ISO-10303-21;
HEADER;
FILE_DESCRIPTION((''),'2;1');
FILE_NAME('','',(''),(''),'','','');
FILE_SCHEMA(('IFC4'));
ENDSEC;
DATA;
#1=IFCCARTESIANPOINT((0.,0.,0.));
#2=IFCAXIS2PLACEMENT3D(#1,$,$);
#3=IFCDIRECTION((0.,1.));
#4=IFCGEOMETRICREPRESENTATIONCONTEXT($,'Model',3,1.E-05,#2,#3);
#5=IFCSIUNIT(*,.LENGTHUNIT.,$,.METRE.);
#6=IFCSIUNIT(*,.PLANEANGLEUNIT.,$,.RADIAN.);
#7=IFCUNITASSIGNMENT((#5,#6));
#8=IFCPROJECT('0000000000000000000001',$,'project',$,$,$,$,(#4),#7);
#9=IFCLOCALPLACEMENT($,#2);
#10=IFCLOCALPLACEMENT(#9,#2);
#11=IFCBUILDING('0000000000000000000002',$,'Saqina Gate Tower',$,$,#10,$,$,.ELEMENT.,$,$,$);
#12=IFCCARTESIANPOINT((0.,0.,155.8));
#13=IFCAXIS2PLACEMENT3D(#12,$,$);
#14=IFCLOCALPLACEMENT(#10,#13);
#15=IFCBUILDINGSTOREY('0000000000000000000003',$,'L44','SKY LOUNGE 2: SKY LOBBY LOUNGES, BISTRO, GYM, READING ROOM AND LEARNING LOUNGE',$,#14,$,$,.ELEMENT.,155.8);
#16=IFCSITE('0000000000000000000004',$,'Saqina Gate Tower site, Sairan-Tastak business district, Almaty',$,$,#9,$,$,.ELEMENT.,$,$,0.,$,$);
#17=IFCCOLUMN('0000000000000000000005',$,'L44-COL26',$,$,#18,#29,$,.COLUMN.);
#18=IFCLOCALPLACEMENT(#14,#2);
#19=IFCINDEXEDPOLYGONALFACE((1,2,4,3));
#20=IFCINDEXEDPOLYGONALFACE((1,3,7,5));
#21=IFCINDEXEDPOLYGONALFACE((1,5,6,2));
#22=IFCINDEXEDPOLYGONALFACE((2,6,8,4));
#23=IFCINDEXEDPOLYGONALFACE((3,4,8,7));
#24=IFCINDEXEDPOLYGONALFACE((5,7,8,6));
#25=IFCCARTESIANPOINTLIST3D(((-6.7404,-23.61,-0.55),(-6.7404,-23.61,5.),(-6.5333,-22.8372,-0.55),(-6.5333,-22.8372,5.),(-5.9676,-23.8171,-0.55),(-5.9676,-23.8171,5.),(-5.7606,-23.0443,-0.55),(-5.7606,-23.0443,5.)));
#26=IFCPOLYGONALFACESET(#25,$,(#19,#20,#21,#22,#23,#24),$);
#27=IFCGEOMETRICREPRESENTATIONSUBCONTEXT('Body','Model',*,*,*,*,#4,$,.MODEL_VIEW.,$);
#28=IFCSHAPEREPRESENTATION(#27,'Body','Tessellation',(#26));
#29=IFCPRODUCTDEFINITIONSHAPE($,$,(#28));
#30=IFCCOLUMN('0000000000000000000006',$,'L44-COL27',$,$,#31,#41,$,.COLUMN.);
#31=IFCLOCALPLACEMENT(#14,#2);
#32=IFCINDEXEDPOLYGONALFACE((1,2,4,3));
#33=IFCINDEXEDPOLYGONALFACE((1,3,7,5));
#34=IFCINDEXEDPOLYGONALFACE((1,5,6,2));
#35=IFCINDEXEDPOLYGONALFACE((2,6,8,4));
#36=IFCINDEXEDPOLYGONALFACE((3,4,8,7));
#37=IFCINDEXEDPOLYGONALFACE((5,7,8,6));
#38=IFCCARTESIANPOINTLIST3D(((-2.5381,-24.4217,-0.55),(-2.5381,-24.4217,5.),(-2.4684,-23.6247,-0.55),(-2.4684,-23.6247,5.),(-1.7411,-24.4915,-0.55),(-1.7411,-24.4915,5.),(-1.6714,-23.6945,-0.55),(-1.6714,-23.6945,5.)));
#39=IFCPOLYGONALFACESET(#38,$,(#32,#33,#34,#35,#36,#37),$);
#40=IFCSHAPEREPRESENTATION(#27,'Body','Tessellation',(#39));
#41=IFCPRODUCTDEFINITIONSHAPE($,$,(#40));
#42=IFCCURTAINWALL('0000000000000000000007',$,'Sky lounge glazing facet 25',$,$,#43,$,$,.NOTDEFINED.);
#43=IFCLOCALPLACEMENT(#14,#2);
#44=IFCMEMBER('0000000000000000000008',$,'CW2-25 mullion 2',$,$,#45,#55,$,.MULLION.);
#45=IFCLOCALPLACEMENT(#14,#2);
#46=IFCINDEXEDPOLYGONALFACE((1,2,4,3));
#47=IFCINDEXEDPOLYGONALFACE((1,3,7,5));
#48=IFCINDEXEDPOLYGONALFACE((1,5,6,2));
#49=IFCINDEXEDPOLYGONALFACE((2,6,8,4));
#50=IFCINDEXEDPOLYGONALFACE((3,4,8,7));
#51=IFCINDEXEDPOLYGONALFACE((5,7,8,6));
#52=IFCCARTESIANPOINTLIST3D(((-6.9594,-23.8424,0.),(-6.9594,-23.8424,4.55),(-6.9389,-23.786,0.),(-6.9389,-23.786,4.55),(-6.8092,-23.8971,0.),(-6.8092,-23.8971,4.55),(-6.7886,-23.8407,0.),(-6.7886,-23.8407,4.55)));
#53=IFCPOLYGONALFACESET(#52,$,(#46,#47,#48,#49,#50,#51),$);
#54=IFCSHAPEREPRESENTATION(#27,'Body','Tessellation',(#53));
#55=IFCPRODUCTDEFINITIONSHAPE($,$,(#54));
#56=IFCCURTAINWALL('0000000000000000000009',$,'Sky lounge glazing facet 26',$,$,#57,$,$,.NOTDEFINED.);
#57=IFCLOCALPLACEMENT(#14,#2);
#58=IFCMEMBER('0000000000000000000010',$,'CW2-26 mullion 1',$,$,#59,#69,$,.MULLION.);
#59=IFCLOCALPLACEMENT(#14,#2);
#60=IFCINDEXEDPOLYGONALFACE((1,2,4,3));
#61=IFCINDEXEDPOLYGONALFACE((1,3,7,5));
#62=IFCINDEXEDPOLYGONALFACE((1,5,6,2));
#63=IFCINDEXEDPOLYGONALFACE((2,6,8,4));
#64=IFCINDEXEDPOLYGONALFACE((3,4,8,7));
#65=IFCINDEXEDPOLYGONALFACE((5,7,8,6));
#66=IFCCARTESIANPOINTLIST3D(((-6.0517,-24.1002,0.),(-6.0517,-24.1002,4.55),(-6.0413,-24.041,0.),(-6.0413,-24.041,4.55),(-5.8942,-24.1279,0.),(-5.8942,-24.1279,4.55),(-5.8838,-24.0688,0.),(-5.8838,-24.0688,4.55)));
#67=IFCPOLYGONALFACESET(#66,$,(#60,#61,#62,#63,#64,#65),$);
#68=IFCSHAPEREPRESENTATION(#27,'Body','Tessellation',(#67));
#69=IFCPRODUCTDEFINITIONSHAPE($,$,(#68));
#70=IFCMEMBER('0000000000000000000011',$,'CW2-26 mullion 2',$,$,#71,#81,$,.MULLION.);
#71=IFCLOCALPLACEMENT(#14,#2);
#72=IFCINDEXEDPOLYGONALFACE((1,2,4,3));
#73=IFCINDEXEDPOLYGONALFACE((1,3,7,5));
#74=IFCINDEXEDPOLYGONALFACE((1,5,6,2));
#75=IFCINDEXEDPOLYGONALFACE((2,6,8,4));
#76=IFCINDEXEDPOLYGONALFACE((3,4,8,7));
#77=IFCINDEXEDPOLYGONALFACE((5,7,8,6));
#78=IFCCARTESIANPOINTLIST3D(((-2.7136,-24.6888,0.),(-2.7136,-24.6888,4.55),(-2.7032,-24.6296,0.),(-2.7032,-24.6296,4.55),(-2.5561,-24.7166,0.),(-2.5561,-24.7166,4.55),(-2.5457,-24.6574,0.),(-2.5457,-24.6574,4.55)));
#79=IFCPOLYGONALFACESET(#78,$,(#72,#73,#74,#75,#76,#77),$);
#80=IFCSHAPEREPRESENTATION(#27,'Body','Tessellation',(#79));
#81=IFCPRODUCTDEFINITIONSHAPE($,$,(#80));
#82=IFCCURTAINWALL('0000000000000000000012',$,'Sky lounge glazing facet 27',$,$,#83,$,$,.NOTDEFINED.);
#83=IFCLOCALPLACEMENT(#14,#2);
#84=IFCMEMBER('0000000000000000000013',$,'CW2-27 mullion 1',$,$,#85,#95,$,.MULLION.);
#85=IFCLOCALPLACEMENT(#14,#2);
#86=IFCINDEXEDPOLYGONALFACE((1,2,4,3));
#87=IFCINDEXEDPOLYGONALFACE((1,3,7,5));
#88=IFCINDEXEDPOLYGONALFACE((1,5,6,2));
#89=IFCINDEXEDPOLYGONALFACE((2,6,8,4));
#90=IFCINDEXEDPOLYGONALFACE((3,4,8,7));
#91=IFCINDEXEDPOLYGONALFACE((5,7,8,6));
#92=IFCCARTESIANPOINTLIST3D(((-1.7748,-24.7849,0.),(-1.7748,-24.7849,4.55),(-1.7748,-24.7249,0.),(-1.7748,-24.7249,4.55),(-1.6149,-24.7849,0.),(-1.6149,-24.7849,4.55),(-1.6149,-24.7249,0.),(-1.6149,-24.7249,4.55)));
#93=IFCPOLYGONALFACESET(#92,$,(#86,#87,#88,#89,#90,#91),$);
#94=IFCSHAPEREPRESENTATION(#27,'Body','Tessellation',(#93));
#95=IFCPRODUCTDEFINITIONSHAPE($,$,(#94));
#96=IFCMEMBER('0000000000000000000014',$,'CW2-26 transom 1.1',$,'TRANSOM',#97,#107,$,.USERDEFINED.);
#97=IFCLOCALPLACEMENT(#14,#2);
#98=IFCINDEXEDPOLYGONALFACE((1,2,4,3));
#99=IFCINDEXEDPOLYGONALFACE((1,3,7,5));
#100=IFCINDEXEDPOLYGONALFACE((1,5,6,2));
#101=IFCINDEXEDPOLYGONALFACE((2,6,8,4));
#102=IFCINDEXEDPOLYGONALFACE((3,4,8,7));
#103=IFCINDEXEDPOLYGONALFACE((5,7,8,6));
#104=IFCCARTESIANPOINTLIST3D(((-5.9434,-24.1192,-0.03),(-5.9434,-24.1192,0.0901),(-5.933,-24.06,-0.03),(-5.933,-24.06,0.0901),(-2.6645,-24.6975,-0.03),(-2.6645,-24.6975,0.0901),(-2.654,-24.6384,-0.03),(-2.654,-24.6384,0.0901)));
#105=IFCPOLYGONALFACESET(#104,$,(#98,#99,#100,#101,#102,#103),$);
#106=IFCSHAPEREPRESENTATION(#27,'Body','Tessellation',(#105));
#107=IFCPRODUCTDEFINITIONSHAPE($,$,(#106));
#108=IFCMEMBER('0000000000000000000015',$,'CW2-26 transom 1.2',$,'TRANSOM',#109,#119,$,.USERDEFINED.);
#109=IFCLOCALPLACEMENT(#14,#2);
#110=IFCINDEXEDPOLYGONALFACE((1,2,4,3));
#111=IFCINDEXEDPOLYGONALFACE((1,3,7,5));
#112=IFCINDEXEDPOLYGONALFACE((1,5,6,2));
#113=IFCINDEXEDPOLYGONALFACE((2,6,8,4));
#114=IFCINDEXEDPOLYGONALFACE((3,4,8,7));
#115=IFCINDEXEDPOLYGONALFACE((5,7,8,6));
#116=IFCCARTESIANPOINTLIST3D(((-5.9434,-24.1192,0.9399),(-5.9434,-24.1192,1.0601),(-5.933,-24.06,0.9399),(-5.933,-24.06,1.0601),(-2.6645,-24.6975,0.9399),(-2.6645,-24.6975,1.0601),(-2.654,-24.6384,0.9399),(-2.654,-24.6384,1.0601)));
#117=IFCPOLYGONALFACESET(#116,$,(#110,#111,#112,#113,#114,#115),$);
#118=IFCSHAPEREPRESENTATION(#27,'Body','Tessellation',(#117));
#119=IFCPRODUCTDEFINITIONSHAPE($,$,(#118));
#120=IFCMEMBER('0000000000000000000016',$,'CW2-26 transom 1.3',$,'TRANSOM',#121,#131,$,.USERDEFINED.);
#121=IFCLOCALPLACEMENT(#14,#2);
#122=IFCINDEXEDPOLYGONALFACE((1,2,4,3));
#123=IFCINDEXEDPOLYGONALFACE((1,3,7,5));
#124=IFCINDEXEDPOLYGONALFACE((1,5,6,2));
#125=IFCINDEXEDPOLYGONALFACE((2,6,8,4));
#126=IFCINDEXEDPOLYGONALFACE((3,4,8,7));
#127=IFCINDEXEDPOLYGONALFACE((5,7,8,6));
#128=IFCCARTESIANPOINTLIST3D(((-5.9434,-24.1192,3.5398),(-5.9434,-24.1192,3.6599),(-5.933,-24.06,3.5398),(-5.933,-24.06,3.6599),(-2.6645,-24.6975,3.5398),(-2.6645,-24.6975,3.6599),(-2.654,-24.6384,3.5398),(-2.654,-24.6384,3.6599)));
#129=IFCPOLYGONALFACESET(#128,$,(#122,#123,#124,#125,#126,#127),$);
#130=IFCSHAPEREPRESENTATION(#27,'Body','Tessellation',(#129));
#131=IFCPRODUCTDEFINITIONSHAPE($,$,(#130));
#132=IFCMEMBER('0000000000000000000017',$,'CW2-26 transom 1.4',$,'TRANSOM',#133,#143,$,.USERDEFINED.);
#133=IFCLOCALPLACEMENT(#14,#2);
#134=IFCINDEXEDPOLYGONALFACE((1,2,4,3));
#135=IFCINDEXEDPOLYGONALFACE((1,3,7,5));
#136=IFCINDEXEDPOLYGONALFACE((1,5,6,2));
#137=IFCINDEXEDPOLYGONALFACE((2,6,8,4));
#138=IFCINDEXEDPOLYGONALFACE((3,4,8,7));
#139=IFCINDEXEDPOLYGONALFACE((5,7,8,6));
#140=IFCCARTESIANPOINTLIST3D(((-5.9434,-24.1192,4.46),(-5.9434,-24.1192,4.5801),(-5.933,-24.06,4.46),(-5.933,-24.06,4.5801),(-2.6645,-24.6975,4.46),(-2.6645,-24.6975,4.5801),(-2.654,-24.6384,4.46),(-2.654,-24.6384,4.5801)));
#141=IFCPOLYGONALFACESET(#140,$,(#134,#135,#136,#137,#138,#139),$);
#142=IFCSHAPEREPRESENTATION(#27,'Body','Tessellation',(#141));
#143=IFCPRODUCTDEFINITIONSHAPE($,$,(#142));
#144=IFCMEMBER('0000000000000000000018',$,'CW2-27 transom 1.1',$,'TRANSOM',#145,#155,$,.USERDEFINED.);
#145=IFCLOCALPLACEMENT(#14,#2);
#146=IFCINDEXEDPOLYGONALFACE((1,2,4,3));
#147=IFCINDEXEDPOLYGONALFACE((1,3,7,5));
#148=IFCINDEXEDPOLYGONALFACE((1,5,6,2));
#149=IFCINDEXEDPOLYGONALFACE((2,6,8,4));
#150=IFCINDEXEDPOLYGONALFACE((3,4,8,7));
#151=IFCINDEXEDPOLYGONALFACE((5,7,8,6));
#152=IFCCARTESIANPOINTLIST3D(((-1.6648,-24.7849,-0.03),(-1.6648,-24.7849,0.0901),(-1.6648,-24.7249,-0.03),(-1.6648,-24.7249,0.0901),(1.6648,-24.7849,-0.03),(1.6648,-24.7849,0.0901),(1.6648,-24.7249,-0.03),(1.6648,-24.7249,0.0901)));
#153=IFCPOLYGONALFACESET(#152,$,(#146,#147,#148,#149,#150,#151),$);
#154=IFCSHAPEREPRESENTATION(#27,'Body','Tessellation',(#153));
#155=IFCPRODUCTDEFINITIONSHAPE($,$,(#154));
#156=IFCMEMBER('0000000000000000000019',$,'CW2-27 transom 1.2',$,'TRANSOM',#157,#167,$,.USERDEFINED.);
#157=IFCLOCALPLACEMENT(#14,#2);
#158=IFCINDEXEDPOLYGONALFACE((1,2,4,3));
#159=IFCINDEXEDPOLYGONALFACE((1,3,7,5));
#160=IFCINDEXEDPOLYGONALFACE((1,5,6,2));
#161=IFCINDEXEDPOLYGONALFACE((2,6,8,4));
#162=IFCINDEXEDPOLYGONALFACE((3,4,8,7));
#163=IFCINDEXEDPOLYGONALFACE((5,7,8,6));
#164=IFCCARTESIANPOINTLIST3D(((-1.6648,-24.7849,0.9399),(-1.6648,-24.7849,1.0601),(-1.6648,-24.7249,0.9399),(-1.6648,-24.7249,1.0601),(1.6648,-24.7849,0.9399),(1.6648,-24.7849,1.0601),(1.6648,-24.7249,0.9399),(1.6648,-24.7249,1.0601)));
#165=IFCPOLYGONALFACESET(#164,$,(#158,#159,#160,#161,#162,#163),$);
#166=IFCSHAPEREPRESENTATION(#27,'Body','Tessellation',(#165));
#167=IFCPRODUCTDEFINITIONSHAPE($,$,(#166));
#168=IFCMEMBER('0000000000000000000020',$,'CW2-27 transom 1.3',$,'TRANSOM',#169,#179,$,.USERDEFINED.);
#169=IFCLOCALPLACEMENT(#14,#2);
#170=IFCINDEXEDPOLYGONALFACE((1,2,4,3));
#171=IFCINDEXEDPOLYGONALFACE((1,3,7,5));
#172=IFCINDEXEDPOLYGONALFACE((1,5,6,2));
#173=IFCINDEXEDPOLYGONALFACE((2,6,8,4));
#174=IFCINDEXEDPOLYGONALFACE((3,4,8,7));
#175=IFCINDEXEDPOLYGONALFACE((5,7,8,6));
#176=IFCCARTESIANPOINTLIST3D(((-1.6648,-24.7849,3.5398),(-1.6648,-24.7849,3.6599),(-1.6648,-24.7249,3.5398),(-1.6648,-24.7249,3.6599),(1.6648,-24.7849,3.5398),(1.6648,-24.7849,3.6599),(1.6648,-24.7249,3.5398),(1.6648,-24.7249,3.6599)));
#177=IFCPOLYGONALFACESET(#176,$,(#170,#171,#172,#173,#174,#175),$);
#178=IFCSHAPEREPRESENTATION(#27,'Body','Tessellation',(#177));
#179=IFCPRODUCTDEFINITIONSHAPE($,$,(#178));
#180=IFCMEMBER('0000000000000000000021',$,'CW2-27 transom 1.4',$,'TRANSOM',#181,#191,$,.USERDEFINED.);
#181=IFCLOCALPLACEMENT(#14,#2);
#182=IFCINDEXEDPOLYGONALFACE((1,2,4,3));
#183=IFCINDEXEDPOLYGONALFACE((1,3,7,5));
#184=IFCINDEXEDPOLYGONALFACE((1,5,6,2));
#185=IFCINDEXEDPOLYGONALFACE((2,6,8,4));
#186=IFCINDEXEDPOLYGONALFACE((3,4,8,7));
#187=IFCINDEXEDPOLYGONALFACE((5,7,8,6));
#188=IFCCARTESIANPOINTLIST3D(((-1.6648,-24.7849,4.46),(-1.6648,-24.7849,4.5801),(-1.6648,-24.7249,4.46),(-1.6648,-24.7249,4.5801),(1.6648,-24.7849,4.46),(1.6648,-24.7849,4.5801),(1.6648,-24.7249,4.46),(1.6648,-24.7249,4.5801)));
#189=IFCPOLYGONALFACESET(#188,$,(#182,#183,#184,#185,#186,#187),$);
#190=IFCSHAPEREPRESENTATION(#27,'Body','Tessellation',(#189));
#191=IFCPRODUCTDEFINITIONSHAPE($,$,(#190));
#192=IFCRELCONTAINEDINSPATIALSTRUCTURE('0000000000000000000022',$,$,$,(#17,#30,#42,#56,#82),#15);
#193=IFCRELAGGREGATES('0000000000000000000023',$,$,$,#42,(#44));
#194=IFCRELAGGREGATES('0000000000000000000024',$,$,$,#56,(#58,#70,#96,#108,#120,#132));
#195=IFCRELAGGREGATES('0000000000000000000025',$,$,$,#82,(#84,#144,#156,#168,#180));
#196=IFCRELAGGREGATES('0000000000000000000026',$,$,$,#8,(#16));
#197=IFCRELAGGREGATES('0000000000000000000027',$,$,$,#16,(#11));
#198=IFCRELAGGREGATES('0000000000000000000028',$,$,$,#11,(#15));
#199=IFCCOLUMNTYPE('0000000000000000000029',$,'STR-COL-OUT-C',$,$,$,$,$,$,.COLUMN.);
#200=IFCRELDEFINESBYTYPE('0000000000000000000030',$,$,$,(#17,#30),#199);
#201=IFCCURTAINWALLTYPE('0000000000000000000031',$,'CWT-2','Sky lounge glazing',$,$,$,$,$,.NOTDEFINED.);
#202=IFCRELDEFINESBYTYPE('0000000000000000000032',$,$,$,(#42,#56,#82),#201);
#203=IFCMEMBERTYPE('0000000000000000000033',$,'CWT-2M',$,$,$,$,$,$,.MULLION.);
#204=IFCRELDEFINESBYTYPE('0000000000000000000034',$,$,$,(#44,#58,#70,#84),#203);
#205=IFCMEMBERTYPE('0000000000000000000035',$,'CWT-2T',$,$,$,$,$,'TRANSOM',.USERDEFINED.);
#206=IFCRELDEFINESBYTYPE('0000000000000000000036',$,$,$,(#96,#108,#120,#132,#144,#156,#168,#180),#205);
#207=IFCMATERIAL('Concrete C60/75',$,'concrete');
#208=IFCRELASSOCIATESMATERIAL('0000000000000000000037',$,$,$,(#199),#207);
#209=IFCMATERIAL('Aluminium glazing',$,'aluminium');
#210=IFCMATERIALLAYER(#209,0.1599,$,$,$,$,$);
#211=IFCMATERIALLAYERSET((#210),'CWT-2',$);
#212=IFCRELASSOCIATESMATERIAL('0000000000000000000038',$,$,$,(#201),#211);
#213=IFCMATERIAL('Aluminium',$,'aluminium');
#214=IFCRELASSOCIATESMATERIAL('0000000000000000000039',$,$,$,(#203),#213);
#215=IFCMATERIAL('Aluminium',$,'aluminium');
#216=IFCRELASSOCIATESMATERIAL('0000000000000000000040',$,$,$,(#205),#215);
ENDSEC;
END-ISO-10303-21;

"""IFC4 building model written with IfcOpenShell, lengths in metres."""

from ifc_helpers import new_model, si_unit, direction, frame, origin, origin_2d, place, context, subcontext, project, spatial, rectangle, extrude, material, layer, layer_set, material_profile, profile_set, type_object, element, aggregate, save


model = new_model("IFC4")

# Units and contexts
model_context = context("Model", 3, precision=1e-05, world=origin(), true_north=direction((0.0, 1.0)))
body_context = subcontext(model_context, "Body", "Model", "MODEL_VIEW")
ifc_project = project(units=[si_unit("LENGTHUNIT", "METRE"), si_unit("PLANEANGLEUNIT", "RADIAN")], contexts=[model_context])

# Site, building, storey
site_placement = place(None, origin())
site = spatial("IfcSite", under=ifc_project, at=site_placement, Name="Saqina Gate Tower site, Sairan-Tastak business district, Almaty", CompositionType="ELEMENT", RefElevation=0.0)
building_placement = place(site_placement, origin())
building = spatial("IfcBuilding", under=site, at=building_placement, Name="Saqina Gate Tower", CompositionType="ELEMENT")
storey_placement = place(building_placement, frame((0.0, 0.0, 155.8)))
storey = spatial("IfcBuildingStorey", under=building, at=storey_placement, Name="L44", Description="SKY LOUNGE 2: SKY LOBBY LOUNGES, BISTRO, GYM, READING ROOM AND LEARNING LOUNGE", CompositionType="ELEMENT", Elevation=155.8)

# Columns
ifc_material_1 = material(Name="Concrete C60/75", Category="concrete")
ifc_material_profile_1 = material_profile(ifc_material_1, rectangle(XDim=0.8, YDim=0.8, at=origin_2d()), Name="RC 800x800")
ifc_profile_set_1 = profile_set([ifc_material_profile_1], Name="Concrete C60/75")
column_type = type_object("IfcColumnType", Name="STR-COL-OUT-C", PredefinedType="COLUMN", material=ifc_profile_set_1)
for number, where, z_axis, x_axis, name in (
    (1, (-6.2505, -23.3271, -0.55), (0.0, 0.0, 1.0), (-0.258819, -0.965926, 0.0), "L44-COL26"),
    (2, (-2.1047, -24.0581, -0.55), (0.0, 0.0, 1.0), (-0.087156, -0.996195, 0.0), "L44-COL27"),
):
    element("IfcColumn", number, at=place(storey_placement, frame(where, z_axis=z_axis, x_axis=x_axis)), inside=storey, type_object=column_type, Name=name, PredefinedType="COLUMN", context=body_context, shape_type="SweptSolid", body=[
        extrude(rectangle(XDim=0.8, YDim=0.8, at=origin_2d()), origin(), (0.0, 0.0, 1.0), 5.55),
    ])

# Curtain wall, member
ifc_material_2 = material(Name="Aluminium glazing", Category="aluminium")
ifc_layer_1 = layer(ifc_material_2, 0.1599)
ifc_layer_set_1 = layer_set([ifc_layer_1], Name="CWT-2")
curtain_wall_type = type_object("IfcCurtainWallType", Name="CWT-2", Description="Sky lounge glazing", PredefinedType="NOTDEFINED", material=ifc_layer_set_1)
curtain_wall_1_placement = place(storey_placement, origin())
curtain_wall_1 = element("IfcCurtainWall", 3, at=curtain_wall_1_placement, inside=storey, type_object=curtain_wall_type, Name="Sky lounge glazing facet 25", PredefinedType="NOTDEFINED")
ifc_material_3 = material(Name="Aluminium", Category="aluminium")
ifc_material_profile_2 = material_profile(ifc_material_3, rectangle(XDim=0.0601, YDim=0.1599, at=origin_2d()), Name="Aluminium 60x160")
ifc_profile_set_2 = profile_set([ifc_material_profile_2], Name="Aluminium")
member_type_1 = type_object("IfcMemberType", Name="CWT-2M", PredefinedType="MULLION", material=ifc_profile_set_2)
member_1_placement = place(storey_placement, frame((-6.874, -23.8416, 0.0), z_axis=(0.0, 0.0, 1.0), x_axis=(0.342025, 0.939691, 0.0)))
member_1 = element("IfcMember", 4, at=member_1_placement, type_object=member_type_1, Name="CW2-25 mullion 2", PredefinedType="MULLION", context=body_context, shape_type="SweptSolid", body=[
    extrude(rectangle(XDim=0.0601, YDim=0.1599, at=origin_2d()), origin(), (0.0, 0.0, 1.0), 4.55),
])

# Curtain wall, members
curtain_wall_2_placement = place(storey_placement, origin())
curtain_wall_2 = element("IfcCurtainWall", 5, at=curtain_wall_2_placement, inside=storey, type_object=curtain_wall_type, Name="Sky lounge glazing facet 26", PredefinedType="NOTDEFINED")
member_2_placement = place(storey_placement, frame((-5.9678, -24.0845, 0.0), z_axis=(0.0, 0.0, 1.0), x_axis=(0.173638, 0.98481, 0.0)))
member_2 = element("IfcMember", 6, at=member_2_placement, type_object=member_type_1, Name="CW2-26 mullion 1", PredefinedType="MULLION", context=body_context, shape_type="SweptSolid", body=[
    extrude(rectangle(XDim=0.0601, YDim=0.1599, at=origin_2d()), origin(), (0.0, 0.0, 1.0), 4.55),
])
member_3_placement = place(storey_placement, frame((-2.6296, -24.6731, 0.0), z_axis=(0.0, 0.0, 1.0), x_axis=(0.173638, 0.98481, 0.0)))
member_3 = element("IfcMember", 7, at=member_3_placement, type_object=member_type_1, Name="CW2-26 mullion 2", PredefinedType="MULLION", context=body_context, shape_type="SweptSolid", body=[
    extrude(rectangle(XDim=0.0601, YDim=0.1599, at=origin_2d()), origin(), (0.0, 0.0, 1.0), 4.55),
])

# Curtain wall, member
curtain_wall_3_placement = place(storey_placement, origin())
curtain_wall_3 = element("IfcCurtainWall", 8, at=curtain_wall_3_placement, inside=storey, type_object=curtain_wall_type, Name="Sky lounge glazing facet 27", PredefinedType="NOTDEFINED")
member_4_placement = place(storey_placement, frame((-1.6948, -24.7549, 0.0), z_axis=(0.0, 0.0, 1.0), x_axis=(0.0, 1.0, 0.0)))
member_4 = element("IfcMember", 9, at=member_4_placement, type_object=member_type_1, Name="CW2-27 mullion 1", PredefinedType="MULLION", context=body_context, shape_type="SweptSolid", body=[
    extrude(rectangle(XDim=0.0601, YDim=0.1599, at=origin_2d()), origin(), (0.0, 0.0, 1.0), 4.55),
])

# Members
ifc_material_4 = material(Name="Aluminium", Category="aluminium")
ifc_material_profile_3 = material_profile(ifc_material_4, rectangle(XDim=0.0601, YDim=0.1201, at=origin_2d()), Name="Aluminium 60x120")
ifc_profile_set_3 = profile_set([ifc_material_profile_3], Name="Aluminium")
member_type_2 = type_object("IfcMemberType", Name="CWT-2T", ElementType="TRANSOM", PredefinedType="USERDEFINED", material=ifc_profile_set_3)
member_5_placement = place(storey_placement, frame((-5.9382, -24.0896, 0.03), z_axis=(0.984798, -0.173702, 0.0), x_axis=(0.173702, 0.984798, 0.0)))
member_5 = element("IfcMember", 10, at=member_5_placement, type_object=member_type_2, Name="CW2-26 transom 1.1", ObjectType="TRANSOM", PredefinedType="USERDEFINED", context=body_context, shape_type="SweptSolid", body=[
    extrude(rectangle(XDim=0.0601, YDim=0.1201, at=origin_2d()), origin(), (0.0, 0.0, 1.0), 3.3296),
])
member_6_placement = place(storey_placement, frame((-5.9382, -24.0896, 1.0), z_axis=(0.984798, -0.173702, 0.0), x_axis=(0.173702, 0.984798, 0.0)))
member_6 = element("IfcMember", 11, at=member_6_placement, type_object=member_type_2, Name="CW2-26 transom 1.2", ObjectType="TRANSOM", PredefinedType="USERDEFINED", context=body_context, shape_type="SweptSolid", body=[
    extrude(rectangle(XDim=0.0601, YDim=0.1201, at=origin_2d()), origin(), (0.0, 0.0, 1.0), 3.3296),
])
member_7_placement = place(storey_placement, frame((-5.9382, -24.0896, 3.5999), z_axis=(0.984798, -0.173702, 0.0), x_axis=(0.173702, 0.984798, 0.0)))
member_7 = element("IfcMember", 12, at=member_7_placement, type_object=member_type_2, Name="CW2-26 transom 1.3", ObjectType="TRANSOM", PredefinedType="USERDEFINED", context=body_context, shape_type="SweptSolid", body=[
    extrude(rectangle(XDim=0.0601, YDim=0.1201, at=origin_2d()), origin(), (0.0, 0.0, 1.0), 3.3296),
])
member_8_placement = place(storey_placement, frame((-5.9382, -24.0896, 4.52), z_axis=(0.984798, -0.173702, 0.0), x_axis=(0.173702, 0.984798, 0.0)))
member_8 = element("IfcMember", 13, at=member_8_placement, type_object=member_type_2, Name="CW2-26 transom 1.4", ObjectType="TRANSOM", PredefinedType="USERDEFINED", context=body_context, shape_type="SweptSolid", body=[
    extrude(rectangle(XDim=0.0601, YDim=0.1201, at=origin_2d()), origin(), (0.0, 0.0, 1.0), 3.3296),
])
member_9_placement = place(storey_placement, frame((-1.6648, -24.7549, 0.03), z_axis=(1.0, 0.0, 0.0), x_axis=(0.0, 1.0, 0.0)))
member_9 = element("IfcMember", 14, at=member_9_placement, type_object=member_type_2, Name="CW2-27 transom 1.1", ObjectType="TRANSOM", PredefinedType="USERDEFINED", context=body_context, shape_type="SweptSolid", body=[
    extrude(rectangle(XDim=0.0601, YDim=0.1201, at=origin_2d()), origin(), (0.0, 0.0, 1.0), 3.3296),
])
member_10_placement = place(storey_placement, frame((-1.6648, -24.7549, 1.0), z_axis=(1.0, 0.0, 0.0), x_axis=(0.0, 1.0, 0.0)))
member_10 = element("IfcMember", 15, at=member_10_placement, type_object=member_type_2, Name="CW2-27 transom 1.2", ObjectType="TRANSOM", PredefinedType="USERDEFINED", context=body_context, shape_type="SweptSolid", body=[
    extrude(rectangle(XDim=0.0601, YDim=0.1201, at=origin_2d()), origin(), (0.0, 0.0, 1.0), 3.3296),
])
member_11_placement = place(storey_placement, frame((-1.6648, -24.7549, 3.5999), z_axis=(1.0, 0.0, 0.0), x_axis=(0.0, 1.0, 0.0)))
member_11 = element("IfcMember", 16, at=member_11_placement, type_object=member_type_2, Name="CW2-27 transom 1.3", ObjectType="TRANSOM", PredefinedType="USERDEFINED", context=body_context, shape_type="SweptSolid", body=[
    extrude(rectangle(XDim=0.0601, YDim=0.1201, at=origin_2d()), origin(), (0.0, 0.0, 1.0), 3.3296),
])
member_12_placement = place(storey_placement, frame((-1.6648, -24.7549, 4.52), z_axis=(1.0, 0.0, 0.0), x_axis=(0.0, 1.0, 0.0)))
member_12 = element("IfcMember", 17, at=member_12_placement, type_object=member_type_2, Name="CW2-27 transom 1.4", ObjectType="TRANSOM", PredefinedType="USERDEFINED", context=body_context, shape_type="SweptSolid", body=[
    extrude(rectangle(XDim=0.0601, YDim=0.1201, at=origin_2d()), origin(), (0.0, 0.0, 1.0), 3.3296),
])

aggregate(curtain_wall_1, [member_1])
aggregate(curtain_wall_2, [member_2, member_3, member_5, member_6, member_7, member_8])
aggregate(curtain_wall_3, [member_4, member_9, member_10, member_11, member_12])

save(model, "model.ifc")
